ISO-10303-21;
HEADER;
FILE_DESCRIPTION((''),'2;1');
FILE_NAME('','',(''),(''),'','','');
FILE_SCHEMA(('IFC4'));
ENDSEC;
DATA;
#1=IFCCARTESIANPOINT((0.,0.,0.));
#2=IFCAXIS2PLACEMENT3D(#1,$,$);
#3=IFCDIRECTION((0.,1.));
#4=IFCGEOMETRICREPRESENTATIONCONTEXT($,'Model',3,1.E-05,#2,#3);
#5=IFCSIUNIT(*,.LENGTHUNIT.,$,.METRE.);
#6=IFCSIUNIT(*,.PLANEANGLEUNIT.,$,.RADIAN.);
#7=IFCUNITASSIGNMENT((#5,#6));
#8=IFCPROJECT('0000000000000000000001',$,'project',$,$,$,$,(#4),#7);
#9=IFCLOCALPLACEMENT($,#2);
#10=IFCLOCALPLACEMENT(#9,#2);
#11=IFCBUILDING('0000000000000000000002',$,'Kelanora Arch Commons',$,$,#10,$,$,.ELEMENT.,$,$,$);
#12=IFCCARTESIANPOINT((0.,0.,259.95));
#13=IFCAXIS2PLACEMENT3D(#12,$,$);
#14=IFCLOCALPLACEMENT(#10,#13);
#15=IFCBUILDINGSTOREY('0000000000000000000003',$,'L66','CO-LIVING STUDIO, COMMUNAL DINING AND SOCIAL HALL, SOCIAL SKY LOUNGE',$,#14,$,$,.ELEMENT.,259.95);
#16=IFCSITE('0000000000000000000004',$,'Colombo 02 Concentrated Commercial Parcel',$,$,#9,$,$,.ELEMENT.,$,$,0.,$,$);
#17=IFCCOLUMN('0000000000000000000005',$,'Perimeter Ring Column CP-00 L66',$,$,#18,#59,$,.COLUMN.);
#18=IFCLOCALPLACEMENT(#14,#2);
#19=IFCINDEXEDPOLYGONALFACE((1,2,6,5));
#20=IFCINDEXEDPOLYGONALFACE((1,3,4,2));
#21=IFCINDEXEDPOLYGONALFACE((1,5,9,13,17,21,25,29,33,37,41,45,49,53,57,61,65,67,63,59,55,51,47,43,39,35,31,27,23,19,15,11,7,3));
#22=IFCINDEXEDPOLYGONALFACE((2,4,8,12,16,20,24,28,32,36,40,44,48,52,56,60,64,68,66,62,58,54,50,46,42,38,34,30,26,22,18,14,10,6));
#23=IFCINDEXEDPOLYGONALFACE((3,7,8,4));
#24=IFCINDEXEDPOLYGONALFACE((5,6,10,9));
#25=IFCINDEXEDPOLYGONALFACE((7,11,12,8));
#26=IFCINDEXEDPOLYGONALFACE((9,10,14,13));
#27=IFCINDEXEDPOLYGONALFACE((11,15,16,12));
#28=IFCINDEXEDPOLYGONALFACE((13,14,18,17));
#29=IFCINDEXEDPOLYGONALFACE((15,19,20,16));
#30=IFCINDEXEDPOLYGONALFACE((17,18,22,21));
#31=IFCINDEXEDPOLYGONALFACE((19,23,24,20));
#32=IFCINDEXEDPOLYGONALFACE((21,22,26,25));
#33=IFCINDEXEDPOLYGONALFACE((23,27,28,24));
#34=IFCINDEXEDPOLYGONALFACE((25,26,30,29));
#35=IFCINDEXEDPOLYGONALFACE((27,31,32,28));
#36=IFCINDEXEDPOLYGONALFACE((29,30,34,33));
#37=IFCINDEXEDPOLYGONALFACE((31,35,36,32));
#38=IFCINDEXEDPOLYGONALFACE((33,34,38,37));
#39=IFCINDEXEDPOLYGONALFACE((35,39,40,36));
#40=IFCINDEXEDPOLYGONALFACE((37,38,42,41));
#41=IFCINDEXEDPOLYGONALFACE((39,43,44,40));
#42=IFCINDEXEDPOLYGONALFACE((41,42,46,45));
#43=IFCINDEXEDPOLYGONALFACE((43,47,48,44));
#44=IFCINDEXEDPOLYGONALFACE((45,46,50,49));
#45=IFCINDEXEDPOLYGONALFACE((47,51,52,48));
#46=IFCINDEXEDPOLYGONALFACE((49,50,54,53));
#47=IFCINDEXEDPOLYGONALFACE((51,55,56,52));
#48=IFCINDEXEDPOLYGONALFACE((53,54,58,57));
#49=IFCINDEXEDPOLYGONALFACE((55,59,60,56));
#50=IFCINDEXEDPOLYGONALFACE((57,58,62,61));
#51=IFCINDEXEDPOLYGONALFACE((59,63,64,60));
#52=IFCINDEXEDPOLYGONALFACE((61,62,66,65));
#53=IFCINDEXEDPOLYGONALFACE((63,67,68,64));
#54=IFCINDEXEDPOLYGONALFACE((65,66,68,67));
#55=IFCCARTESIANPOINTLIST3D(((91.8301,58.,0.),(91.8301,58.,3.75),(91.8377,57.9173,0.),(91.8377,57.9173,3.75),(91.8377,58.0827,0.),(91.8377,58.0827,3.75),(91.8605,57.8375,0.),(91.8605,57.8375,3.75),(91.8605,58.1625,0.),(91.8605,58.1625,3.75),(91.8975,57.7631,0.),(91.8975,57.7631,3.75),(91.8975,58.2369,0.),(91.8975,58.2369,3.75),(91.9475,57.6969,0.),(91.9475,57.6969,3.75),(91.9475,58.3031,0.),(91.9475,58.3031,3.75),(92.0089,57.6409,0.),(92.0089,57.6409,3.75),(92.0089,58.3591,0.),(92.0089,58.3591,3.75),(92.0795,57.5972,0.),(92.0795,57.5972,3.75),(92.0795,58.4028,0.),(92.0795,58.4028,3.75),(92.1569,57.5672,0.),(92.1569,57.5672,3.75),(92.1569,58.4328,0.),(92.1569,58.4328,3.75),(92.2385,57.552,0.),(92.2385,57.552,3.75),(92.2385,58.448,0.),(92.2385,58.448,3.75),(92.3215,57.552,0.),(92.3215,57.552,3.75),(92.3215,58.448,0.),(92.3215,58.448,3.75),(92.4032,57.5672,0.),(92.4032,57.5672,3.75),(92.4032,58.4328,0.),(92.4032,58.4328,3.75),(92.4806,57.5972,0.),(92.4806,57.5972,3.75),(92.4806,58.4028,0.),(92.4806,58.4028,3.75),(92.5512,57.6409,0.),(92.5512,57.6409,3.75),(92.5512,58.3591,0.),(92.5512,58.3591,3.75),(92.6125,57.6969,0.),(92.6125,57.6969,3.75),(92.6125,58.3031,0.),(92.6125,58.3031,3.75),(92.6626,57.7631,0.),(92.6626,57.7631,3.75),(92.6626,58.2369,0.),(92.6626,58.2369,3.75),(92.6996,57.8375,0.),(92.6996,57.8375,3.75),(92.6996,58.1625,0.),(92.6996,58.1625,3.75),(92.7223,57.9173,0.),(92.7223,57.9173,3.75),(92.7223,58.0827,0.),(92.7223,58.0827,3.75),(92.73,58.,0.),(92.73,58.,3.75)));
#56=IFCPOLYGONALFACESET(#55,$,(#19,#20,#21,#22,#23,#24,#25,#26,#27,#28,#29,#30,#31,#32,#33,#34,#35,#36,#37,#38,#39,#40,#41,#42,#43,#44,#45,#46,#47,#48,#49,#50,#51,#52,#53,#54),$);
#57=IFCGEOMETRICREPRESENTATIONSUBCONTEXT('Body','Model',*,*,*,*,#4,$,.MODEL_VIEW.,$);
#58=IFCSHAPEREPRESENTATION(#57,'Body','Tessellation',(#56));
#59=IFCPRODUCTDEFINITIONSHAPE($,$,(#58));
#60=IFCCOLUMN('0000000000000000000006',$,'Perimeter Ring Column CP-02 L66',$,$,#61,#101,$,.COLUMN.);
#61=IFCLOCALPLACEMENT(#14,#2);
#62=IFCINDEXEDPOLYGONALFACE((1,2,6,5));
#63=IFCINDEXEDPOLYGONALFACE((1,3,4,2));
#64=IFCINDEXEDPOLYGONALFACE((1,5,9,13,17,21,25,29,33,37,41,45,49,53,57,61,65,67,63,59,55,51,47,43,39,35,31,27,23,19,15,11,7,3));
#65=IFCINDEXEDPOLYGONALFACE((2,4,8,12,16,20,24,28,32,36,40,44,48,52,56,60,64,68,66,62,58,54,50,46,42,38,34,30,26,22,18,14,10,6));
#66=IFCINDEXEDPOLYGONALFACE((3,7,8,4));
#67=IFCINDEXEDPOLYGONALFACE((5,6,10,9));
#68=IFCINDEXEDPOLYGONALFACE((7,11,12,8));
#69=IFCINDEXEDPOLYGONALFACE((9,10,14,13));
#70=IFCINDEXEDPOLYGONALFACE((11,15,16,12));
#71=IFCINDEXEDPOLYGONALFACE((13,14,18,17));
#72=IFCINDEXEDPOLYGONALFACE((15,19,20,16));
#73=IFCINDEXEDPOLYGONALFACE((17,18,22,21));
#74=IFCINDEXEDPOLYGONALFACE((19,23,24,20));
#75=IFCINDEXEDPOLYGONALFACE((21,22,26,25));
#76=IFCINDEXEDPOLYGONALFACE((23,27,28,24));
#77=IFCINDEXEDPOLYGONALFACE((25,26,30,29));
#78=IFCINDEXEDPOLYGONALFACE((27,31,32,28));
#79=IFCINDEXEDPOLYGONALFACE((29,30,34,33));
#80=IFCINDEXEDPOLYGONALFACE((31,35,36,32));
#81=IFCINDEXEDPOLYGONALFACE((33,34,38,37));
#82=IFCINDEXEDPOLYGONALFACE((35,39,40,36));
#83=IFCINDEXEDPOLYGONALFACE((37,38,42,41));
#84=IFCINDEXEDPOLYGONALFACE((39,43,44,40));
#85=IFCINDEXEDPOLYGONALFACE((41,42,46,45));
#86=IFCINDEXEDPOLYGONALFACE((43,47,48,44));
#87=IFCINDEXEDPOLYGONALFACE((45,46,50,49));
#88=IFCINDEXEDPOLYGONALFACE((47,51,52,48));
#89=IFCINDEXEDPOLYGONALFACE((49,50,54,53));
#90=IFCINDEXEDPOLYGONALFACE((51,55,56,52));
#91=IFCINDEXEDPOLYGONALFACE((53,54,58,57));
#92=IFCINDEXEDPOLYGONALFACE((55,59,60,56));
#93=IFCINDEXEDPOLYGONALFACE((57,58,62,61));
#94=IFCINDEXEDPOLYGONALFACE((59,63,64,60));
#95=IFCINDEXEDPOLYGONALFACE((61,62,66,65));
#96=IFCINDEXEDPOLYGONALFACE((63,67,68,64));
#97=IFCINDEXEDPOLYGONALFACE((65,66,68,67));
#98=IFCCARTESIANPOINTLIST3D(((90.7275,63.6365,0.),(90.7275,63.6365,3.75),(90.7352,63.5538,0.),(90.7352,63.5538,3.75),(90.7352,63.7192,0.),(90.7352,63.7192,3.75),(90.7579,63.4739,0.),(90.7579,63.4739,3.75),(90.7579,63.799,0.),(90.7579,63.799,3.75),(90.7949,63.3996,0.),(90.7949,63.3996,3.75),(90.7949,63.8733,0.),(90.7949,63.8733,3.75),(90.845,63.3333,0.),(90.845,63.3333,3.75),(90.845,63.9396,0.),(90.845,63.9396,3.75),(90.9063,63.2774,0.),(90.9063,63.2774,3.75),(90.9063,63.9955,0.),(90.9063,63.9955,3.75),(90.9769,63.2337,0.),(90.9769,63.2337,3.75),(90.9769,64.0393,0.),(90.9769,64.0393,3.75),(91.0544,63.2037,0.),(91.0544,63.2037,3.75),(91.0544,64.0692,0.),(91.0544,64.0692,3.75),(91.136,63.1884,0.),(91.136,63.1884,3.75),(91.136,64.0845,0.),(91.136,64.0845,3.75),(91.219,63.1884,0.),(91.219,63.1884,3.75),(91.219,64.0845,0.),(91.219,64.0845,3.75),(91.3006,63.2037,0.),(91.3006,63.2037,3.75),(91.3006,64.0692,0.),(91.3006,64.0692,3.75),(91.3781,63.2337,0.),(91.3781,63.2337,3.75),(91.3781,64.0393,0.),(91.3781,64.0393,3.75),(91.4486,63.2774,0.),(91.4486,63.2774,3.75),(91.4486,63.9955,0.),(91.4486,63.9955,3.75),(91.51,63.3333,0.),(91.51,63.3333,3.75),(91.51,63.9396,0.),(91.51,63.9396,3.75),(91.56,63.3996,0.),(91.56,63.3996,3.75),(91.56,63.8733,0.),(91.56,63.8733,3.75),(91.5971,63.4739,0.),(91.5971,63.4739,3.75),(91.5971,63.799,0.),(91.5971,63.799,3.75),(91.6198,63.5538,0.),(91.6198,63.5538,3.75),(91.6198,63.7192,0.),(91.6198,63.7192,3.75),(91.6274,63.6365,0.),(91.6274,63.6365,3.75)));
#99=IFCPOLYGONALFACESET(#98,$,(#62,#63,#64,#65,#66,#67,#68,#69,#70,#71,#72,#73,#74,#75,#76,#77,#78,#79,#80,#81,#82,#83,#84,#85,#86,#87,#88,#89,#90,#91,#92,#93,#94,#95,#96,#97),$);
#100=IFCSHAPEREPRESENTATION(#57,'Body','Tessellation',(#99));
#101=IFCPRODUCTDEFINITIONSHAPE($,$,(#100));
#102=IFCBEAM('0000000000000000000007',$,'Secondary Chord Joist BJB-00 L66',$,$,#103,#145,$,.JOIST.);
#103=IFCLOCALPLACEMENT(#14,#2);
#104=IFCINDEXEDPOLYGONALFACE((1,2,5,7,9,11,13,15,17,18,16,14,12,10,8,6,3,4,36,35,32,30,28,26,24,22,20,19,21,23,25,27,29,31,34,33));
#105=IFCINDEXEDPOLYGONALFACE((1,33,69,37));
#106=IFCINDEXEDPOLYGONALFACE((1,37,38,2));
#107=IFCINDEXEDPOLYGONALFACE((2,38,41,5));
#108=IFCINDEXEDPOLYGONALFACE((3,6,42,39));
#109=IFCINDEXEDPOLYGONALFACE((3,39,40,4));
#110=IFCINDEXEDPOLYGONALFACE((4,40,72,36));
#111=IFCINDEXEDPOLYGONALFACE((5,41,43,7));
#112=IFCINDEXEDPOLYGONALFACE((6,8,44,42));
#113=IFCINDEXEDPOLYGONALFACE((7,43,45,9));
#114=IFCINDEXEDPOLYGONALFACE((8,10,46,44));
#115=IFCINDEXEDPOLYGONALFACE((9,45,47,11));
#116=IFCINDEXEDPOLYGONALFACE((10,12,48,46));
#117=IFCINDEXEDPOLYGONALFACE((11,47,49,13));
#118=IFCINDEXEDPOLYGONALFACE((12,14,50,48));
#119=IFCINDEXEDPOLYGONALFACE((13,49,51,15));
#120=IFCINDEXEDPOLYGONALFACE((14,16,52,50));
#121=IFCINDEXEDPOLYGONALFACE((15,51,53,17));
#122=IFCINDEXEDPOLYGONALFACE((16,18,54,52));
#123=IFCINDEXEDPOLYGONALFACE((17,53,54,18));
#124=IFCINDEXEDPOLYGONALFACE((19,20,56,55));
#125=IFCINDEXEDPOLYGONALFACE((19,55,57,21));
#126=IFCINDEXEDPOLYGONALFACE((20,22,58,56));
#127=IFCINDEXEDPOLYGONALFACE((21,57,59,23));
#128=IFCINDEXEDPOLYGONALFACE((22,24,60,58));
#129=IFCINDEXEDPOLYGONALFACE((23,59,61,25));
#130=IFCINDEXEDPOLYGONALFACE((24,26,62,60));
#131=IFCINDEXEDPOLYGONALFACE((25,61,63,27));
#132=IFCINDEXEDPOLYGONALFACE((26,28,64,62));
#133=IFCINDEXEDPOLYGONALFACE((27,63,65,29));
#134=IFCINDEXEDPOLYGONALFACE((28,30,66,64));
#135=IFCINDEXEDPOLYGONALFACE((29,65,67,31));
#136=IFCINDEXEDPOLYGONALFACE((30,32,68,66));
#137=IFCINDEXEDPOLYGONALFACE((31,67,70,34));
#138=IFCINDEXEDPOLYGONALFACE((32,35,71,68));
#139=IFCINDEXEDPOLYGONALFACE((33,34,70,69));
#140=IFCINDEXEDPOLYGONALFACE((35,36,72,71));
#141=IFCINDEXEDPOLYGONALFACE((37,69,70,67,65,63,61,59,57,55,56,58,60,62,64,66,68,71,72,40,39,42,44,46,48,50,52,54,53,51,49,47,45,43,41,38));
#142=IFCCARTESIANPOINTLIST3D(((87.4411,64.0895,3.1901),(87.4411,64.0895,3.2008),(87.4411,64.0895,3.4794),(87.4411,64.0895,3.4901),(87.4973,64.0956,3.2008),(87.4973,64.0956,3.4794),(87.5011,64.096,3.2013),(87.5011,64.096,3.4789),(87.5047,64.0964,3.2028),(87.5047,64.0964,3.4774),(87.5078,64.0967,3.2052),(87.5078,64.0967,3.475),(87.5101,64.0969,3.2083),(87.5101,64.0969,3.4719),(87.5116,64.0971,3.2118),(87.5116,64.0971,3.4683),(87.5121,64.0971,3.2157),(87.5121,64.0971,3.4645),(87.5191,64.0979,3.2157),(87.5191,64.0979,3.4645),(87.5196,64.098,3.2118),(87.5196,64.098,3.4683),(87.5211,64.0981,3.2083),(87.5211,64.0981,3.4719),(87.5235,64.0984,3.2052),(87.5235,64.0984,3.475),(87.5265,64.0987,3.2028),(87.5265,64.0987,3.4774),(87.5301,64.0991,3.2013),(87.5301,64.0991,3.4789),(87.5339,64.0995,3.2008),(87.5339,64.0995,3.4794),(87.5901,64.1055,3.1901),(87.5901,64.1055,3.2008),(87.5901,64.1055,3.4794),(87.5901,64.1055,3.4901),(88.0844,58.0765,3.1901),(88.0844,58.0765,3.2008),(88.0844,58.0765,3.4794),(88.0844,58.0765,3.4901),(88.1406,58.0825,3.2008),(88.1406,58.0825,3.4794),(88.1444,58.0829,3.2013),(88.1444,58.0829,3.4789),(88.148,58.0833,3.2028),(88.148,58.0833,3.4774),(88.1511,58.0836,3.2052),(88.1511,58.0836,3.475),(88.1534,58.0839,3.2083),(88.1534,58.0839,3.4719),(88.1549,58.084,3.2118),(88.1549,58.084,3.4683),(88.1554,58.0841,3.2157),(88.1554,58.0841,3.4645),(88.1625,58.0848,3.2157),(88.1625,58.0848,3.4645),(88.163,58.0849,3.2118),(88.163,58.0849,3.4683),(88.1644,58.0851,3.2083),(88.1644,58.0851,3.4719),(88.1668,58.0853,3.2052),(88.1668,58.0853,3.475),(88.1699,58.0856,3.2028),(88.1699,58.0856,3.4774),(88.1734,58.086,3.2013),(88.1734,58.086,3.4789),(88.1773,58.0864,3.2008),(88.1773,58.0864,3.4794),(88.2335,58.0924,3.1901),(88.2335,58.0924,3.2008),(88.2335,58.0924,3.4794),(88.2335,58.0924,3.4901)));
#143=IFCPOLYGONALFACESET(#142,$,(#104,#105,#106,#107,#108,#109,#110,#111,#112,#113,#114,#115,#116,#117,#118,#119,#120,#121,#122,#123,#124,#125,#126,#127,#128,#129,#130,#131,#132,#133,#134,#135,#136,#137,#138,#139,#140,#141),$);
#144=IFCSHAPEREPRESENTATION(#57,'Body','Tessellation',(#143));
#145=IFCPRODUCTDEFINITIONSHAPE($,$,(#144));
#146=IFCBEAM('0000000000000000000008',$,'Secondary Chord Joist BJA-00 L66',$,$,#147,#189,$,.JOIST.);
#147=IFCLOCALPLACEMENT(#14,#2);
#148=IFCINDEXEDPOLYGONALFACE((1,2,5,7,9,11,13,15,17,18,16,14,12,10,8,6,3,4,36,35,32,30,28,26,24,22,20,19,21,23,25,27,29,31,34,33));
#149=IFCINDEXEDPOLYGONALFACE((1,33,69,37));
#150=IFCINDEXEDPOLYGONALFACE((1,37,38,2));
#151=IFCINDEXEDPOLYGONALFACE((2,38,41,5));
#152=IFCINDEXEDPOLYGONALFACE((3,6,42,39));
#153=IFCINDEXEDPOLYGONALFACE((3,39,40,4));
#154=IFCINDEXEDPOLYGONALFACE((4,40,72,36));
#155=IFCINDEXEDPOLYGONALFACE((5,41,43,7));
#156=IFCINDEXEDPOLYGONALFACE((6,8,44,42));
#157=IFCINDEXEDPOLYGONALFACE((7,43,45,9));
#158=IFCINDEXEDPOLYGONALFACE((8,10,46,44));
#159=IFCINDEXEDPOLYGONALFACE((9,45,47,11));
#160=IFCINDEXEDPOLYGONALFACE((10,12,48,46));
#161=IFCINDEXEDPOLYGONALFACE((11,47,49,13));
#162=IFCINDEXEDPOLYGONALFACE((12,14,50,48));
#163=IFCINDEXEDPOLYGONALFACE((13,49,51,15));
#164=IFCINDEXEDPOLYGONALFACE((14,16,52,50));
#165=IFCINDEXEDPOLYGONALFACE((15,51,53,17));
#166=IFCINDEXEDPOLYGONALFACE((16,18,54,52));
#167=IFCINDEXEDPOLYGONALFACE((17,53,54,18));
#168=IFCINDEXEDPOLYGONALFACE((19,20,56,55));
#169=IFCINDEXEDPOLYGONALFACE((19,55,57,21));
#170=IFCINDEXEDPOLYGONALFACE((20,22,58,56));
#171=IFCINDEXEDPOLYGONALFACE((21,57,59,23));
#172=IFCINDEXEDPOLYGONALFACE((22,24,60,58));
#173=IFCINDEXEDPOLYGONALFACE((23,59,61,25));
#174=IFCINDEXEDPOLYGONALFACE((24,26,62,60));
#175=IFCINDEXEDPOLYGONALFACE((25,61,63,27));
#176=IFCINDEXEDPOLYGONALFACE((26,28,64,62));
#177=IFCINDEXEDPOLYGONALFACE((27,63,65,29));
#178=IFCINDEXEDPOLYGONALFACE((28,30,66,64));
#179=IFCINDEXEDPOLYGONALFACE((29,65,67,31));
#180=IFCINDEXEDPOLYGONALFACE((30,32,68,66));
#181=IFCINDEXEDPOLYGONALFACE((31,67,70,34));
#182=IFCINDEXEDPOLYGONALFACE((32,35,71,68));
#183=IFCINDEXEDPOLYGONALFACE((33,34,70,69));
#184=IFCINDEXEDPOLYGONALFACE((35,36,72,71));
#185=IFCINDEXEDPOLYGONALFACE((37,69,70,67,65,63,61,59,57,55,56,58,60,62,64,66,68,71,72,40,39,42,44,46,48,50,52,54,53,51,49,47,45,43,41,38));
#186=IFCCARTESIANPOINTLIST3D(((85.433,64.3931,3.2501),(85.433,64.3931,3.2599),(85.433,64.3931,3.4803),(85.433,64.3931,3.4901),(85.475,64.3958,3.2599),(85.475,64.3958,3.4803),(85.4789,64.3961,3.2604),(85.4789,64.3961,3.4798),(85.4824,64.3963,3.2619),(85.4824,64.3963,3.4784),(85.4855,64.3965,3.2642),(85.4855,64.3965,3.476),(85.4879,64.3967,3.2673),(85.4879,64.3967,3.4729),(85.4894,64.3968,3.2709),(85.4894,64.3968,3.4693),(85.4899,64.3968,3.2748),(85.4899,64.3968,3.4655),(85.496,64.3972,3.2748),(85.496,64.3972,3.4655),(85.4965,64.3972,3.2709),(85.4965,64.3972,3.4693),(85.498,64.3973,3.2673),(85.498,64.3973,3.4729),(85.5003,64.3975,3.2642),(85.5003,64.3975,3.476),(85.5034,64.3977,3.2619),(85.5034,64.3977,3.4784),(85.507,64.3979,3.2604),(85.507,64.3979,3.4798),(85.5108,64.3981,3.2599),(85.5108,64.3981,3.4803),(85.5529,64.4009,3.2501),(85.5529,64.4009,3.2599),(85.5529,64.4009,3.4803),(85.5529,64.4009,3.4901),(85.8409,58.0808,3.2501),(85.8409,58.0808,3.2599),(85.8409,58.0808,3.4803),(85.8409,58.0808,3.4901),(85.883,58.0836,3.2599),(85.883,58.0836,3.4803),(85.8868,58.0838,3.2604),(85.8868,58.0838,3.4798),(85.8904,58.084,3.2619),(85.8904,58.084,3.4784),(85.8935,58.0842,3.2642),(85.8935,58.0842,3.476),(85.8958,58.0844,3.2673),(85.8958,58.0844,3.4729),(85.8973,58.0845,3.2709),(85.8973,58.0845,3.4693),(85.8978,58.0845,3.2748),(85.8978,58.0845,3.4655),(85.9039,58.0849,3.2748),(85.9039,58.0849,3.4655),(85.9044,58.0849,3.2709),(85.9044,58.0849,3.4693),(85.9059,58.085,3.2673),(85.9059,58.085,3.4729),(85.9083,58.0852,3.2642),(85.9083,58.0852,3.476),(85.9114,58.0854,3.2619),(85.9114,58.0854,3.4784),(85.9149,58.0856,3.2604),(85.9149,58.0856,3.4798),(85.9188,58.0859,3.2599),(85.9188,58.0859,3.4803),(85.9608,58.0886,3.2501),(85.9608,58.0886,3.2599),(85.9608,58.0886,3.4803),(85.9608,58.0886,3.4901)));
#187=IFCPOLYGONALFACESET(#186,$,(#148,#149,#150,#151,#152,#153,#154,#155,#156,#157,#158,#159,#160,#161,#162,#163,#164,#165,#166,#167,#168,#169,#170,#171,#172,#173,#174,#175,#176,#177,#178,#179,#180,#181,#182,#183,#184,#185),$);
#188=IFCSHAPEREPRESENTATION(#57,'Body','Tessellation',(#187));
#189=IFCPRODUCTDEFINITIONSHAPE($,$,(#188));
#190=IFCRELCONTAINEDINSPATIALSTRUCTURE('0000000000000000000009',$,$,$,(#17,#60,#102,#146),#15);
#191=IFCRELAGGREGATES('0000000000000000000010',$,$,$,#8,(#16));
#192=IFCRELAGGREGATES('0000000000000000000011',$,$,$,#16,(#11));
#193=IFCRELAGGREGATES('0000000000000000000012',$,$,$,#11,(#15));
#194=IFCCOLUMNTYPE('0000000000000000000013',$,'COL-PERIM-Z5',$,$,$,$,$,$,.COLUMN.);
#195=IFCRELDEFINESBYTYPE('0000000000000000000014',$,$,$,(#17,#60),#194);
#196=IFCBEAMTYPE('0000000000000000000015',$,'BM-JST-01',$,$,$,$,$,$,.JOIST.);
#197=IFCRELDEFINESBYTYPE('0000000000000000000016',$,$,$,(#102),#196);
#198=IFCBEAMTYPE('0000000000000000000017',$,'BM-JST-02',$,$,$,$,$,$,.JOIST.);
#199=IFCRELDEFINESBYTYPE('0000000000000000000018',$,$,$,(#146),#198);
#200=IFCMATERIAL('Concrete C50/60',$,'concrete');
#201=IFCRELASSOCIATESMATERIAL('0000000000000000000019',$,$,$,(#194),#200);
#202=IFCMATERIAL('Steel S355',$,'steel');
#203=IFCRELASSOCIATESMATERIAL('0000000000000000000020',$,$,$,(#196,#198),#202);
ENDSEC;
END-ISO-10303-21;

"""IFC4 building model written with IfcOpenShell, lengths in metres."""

from ifc_helpers import new_model, si_unit, direction, frame, origin, origin_2d, place, context, subcontext, project, spatial, circle, i_section, extrude, material, material_profile, profile_set, type_object, element, save


model = new_model("IFC4")

# Units and contexts
model_context = context("Model", 3, precision=1e-05, world=origin(), true_north=direction((0.0, 1.0)))
body_context = subcontext(model_context, "Body", "Model", "MODEL_VIEW")
ifc_project = project(units=[si_unit("LENGTHUNIT", "METRE"), si_unit("PLANEANGLEUNIT", "RADIAN")], contexts=[model_context])

# Site, building, storey
site_placement = place(None, origin())
site = spatial("IfcSite", under=ifc_project, at=site_placement, Name="Colombo 02 Concentrated Commercial Parcel", CompositionType="ELEMENT", RefElevation=0.0)
building_placement = place(site_placement, origin())
building = spatial("IfcBuilding", under=site, at=building_placement, Name="Kelanora Arch Commons", CompositionType="ELEMENT")
storey_placement = place(building_placement, frame((0.0, 0.0, 259.95)))
storey = spatial("IfcBuildingStorey", under=building, at=storey_placement, Name="L66", Description="CO-LIVING STUDIO, COMMUNAL DINING AND SOCIAL HALL, SOCIAL SKY LOUNGE", CompositionType="ELEMENT", Elevation=259.95)

# Columns
ifc_material_1 = material(Name="Concrete C50/60", Category="concrete")
ifc_material_profile_1 = material_profile(ifc_material_1, circle(Radius=0.45, at=origin_2d()), Name="RCC900")
ifc_profile_set_1 = profile_set([ifc_material_profile_1], Name="Concrete C50/60")
column_type = type_object("IfcColumnType", Name="COL-PERIM-Z5", PredefinedType="COLUMN", material=ifc_profile_set_1)
for number, where, z_axis, x_axis, name in (
    (1, (92.28, 58.0, 0.0), (0.0, 0.0, 1.0), (1.0, 0.0, 0.0), "Perimeter Ring Column CP-00 L66"),
    (2, (91.1775, 63.6365, 0.0), (0.0, 0.0, 1.0), (1.0, 0.0, 0.0), "Perimeter Ring Column CP-02 L66"),
):
    element("IfcColumn", number, at=place(storey_placement, frame(where, z_axis=z_axis, x_axis=x_axis)), inside=storey, type_object=column_type, Name=name, PredefinedType="COLUMN", context=body_context, shape_type="SweptSolid", body=[
        extrude(circle(Radius=0.45, at=origin_2d()), origin(), (0.0, 0.0, 1.0), 3.75),
    ])

# Beams
ifc_material_2 = material(Name="Steel S355", Category="steel")
ifc_material_profile_2 = material_profile(ifc_material_2, i_section(OverallWidth=0.1499, OverallDepth=0.3, WebThickness=0.0071, FlangeThickness=0.0107, FilletRadius=0.0149, at=origin_2d()), Name="IPE300")
ifc_profile_set_2 = profile_set([ifc_material_profile_2], Name="Steel S355")
beam_type_1 = type_object("IfcBeamType", Name="BM-JST-01", PredefinedType="JOIST", material=ifc_profile_set_2)
beam_1_placement = place(storey_placement, frame((88.1589, 58.0845, 3.3401), z_axis=(-0.106381, 0.994325, 0.0), x_axis=(-0.994325, -0.106381, 0.0)))
element("IfcBeam", 3, at=beam_1_placement, inside=storey, type_object=beam_type_1, Name="Secondary Chord Joist BJB-00 L66", PredefinedType="JOIST", context=body_context, shape_type="SweptSolid", body=[
    extrude(i_section(OverallWidth=0.1499, OverallDepth=0.3, WebThickness=0.0071, FlangeThickness=0.0107, FilletRadius=0.0149, at=origin_2d()), origin(), (0.0, 0.0, 1.0), 6.0474),
])
ifc_material_profile_3 = material_profile(ifc_material_2, i_section(OverallWidth=0.1201, OverallDepth=0.24, WebThickness=0.0061, FlangeThickness=0.0098, FilletRadius=0.0149, at=origin_2d()), Name="IPE240")
ifc_profile_set_3 = profile_set([ifc_material_profile_3], Name="Steel S355")
beam_type_2 = type_object("IfcBeamType", Name="BM-JST-02", PredefinedType="JOIST", material=ifc_profile_set_3)
beam_2_placement = place(storey_placement, frame((85.9009, 58.0847, 3.3701), z_axis=(-0.064495, 0.997918, 0.0), x_axis=(-0.997918, -0.064495, 0.0)))
element("IfcBeam", 4, at=beam_2_placement, inside=storey, type_object=beam_type_2, Name="Secondary Chord Joist BJA-00 L66", PredefinedType="JOIST", context=body_context, shape_type="SweptSolid", body=[
    extrude(i_section(OverallWidth=0.1201, OverallDepth=0.24, WebThickness=0.0061, FlangeThickness=0.0098, FilletRadius=0.0149, at=origin_2d()), origin(), (0.0, 0.0, 1.0), 6.3254),
])

save(model, "model.ifc")
